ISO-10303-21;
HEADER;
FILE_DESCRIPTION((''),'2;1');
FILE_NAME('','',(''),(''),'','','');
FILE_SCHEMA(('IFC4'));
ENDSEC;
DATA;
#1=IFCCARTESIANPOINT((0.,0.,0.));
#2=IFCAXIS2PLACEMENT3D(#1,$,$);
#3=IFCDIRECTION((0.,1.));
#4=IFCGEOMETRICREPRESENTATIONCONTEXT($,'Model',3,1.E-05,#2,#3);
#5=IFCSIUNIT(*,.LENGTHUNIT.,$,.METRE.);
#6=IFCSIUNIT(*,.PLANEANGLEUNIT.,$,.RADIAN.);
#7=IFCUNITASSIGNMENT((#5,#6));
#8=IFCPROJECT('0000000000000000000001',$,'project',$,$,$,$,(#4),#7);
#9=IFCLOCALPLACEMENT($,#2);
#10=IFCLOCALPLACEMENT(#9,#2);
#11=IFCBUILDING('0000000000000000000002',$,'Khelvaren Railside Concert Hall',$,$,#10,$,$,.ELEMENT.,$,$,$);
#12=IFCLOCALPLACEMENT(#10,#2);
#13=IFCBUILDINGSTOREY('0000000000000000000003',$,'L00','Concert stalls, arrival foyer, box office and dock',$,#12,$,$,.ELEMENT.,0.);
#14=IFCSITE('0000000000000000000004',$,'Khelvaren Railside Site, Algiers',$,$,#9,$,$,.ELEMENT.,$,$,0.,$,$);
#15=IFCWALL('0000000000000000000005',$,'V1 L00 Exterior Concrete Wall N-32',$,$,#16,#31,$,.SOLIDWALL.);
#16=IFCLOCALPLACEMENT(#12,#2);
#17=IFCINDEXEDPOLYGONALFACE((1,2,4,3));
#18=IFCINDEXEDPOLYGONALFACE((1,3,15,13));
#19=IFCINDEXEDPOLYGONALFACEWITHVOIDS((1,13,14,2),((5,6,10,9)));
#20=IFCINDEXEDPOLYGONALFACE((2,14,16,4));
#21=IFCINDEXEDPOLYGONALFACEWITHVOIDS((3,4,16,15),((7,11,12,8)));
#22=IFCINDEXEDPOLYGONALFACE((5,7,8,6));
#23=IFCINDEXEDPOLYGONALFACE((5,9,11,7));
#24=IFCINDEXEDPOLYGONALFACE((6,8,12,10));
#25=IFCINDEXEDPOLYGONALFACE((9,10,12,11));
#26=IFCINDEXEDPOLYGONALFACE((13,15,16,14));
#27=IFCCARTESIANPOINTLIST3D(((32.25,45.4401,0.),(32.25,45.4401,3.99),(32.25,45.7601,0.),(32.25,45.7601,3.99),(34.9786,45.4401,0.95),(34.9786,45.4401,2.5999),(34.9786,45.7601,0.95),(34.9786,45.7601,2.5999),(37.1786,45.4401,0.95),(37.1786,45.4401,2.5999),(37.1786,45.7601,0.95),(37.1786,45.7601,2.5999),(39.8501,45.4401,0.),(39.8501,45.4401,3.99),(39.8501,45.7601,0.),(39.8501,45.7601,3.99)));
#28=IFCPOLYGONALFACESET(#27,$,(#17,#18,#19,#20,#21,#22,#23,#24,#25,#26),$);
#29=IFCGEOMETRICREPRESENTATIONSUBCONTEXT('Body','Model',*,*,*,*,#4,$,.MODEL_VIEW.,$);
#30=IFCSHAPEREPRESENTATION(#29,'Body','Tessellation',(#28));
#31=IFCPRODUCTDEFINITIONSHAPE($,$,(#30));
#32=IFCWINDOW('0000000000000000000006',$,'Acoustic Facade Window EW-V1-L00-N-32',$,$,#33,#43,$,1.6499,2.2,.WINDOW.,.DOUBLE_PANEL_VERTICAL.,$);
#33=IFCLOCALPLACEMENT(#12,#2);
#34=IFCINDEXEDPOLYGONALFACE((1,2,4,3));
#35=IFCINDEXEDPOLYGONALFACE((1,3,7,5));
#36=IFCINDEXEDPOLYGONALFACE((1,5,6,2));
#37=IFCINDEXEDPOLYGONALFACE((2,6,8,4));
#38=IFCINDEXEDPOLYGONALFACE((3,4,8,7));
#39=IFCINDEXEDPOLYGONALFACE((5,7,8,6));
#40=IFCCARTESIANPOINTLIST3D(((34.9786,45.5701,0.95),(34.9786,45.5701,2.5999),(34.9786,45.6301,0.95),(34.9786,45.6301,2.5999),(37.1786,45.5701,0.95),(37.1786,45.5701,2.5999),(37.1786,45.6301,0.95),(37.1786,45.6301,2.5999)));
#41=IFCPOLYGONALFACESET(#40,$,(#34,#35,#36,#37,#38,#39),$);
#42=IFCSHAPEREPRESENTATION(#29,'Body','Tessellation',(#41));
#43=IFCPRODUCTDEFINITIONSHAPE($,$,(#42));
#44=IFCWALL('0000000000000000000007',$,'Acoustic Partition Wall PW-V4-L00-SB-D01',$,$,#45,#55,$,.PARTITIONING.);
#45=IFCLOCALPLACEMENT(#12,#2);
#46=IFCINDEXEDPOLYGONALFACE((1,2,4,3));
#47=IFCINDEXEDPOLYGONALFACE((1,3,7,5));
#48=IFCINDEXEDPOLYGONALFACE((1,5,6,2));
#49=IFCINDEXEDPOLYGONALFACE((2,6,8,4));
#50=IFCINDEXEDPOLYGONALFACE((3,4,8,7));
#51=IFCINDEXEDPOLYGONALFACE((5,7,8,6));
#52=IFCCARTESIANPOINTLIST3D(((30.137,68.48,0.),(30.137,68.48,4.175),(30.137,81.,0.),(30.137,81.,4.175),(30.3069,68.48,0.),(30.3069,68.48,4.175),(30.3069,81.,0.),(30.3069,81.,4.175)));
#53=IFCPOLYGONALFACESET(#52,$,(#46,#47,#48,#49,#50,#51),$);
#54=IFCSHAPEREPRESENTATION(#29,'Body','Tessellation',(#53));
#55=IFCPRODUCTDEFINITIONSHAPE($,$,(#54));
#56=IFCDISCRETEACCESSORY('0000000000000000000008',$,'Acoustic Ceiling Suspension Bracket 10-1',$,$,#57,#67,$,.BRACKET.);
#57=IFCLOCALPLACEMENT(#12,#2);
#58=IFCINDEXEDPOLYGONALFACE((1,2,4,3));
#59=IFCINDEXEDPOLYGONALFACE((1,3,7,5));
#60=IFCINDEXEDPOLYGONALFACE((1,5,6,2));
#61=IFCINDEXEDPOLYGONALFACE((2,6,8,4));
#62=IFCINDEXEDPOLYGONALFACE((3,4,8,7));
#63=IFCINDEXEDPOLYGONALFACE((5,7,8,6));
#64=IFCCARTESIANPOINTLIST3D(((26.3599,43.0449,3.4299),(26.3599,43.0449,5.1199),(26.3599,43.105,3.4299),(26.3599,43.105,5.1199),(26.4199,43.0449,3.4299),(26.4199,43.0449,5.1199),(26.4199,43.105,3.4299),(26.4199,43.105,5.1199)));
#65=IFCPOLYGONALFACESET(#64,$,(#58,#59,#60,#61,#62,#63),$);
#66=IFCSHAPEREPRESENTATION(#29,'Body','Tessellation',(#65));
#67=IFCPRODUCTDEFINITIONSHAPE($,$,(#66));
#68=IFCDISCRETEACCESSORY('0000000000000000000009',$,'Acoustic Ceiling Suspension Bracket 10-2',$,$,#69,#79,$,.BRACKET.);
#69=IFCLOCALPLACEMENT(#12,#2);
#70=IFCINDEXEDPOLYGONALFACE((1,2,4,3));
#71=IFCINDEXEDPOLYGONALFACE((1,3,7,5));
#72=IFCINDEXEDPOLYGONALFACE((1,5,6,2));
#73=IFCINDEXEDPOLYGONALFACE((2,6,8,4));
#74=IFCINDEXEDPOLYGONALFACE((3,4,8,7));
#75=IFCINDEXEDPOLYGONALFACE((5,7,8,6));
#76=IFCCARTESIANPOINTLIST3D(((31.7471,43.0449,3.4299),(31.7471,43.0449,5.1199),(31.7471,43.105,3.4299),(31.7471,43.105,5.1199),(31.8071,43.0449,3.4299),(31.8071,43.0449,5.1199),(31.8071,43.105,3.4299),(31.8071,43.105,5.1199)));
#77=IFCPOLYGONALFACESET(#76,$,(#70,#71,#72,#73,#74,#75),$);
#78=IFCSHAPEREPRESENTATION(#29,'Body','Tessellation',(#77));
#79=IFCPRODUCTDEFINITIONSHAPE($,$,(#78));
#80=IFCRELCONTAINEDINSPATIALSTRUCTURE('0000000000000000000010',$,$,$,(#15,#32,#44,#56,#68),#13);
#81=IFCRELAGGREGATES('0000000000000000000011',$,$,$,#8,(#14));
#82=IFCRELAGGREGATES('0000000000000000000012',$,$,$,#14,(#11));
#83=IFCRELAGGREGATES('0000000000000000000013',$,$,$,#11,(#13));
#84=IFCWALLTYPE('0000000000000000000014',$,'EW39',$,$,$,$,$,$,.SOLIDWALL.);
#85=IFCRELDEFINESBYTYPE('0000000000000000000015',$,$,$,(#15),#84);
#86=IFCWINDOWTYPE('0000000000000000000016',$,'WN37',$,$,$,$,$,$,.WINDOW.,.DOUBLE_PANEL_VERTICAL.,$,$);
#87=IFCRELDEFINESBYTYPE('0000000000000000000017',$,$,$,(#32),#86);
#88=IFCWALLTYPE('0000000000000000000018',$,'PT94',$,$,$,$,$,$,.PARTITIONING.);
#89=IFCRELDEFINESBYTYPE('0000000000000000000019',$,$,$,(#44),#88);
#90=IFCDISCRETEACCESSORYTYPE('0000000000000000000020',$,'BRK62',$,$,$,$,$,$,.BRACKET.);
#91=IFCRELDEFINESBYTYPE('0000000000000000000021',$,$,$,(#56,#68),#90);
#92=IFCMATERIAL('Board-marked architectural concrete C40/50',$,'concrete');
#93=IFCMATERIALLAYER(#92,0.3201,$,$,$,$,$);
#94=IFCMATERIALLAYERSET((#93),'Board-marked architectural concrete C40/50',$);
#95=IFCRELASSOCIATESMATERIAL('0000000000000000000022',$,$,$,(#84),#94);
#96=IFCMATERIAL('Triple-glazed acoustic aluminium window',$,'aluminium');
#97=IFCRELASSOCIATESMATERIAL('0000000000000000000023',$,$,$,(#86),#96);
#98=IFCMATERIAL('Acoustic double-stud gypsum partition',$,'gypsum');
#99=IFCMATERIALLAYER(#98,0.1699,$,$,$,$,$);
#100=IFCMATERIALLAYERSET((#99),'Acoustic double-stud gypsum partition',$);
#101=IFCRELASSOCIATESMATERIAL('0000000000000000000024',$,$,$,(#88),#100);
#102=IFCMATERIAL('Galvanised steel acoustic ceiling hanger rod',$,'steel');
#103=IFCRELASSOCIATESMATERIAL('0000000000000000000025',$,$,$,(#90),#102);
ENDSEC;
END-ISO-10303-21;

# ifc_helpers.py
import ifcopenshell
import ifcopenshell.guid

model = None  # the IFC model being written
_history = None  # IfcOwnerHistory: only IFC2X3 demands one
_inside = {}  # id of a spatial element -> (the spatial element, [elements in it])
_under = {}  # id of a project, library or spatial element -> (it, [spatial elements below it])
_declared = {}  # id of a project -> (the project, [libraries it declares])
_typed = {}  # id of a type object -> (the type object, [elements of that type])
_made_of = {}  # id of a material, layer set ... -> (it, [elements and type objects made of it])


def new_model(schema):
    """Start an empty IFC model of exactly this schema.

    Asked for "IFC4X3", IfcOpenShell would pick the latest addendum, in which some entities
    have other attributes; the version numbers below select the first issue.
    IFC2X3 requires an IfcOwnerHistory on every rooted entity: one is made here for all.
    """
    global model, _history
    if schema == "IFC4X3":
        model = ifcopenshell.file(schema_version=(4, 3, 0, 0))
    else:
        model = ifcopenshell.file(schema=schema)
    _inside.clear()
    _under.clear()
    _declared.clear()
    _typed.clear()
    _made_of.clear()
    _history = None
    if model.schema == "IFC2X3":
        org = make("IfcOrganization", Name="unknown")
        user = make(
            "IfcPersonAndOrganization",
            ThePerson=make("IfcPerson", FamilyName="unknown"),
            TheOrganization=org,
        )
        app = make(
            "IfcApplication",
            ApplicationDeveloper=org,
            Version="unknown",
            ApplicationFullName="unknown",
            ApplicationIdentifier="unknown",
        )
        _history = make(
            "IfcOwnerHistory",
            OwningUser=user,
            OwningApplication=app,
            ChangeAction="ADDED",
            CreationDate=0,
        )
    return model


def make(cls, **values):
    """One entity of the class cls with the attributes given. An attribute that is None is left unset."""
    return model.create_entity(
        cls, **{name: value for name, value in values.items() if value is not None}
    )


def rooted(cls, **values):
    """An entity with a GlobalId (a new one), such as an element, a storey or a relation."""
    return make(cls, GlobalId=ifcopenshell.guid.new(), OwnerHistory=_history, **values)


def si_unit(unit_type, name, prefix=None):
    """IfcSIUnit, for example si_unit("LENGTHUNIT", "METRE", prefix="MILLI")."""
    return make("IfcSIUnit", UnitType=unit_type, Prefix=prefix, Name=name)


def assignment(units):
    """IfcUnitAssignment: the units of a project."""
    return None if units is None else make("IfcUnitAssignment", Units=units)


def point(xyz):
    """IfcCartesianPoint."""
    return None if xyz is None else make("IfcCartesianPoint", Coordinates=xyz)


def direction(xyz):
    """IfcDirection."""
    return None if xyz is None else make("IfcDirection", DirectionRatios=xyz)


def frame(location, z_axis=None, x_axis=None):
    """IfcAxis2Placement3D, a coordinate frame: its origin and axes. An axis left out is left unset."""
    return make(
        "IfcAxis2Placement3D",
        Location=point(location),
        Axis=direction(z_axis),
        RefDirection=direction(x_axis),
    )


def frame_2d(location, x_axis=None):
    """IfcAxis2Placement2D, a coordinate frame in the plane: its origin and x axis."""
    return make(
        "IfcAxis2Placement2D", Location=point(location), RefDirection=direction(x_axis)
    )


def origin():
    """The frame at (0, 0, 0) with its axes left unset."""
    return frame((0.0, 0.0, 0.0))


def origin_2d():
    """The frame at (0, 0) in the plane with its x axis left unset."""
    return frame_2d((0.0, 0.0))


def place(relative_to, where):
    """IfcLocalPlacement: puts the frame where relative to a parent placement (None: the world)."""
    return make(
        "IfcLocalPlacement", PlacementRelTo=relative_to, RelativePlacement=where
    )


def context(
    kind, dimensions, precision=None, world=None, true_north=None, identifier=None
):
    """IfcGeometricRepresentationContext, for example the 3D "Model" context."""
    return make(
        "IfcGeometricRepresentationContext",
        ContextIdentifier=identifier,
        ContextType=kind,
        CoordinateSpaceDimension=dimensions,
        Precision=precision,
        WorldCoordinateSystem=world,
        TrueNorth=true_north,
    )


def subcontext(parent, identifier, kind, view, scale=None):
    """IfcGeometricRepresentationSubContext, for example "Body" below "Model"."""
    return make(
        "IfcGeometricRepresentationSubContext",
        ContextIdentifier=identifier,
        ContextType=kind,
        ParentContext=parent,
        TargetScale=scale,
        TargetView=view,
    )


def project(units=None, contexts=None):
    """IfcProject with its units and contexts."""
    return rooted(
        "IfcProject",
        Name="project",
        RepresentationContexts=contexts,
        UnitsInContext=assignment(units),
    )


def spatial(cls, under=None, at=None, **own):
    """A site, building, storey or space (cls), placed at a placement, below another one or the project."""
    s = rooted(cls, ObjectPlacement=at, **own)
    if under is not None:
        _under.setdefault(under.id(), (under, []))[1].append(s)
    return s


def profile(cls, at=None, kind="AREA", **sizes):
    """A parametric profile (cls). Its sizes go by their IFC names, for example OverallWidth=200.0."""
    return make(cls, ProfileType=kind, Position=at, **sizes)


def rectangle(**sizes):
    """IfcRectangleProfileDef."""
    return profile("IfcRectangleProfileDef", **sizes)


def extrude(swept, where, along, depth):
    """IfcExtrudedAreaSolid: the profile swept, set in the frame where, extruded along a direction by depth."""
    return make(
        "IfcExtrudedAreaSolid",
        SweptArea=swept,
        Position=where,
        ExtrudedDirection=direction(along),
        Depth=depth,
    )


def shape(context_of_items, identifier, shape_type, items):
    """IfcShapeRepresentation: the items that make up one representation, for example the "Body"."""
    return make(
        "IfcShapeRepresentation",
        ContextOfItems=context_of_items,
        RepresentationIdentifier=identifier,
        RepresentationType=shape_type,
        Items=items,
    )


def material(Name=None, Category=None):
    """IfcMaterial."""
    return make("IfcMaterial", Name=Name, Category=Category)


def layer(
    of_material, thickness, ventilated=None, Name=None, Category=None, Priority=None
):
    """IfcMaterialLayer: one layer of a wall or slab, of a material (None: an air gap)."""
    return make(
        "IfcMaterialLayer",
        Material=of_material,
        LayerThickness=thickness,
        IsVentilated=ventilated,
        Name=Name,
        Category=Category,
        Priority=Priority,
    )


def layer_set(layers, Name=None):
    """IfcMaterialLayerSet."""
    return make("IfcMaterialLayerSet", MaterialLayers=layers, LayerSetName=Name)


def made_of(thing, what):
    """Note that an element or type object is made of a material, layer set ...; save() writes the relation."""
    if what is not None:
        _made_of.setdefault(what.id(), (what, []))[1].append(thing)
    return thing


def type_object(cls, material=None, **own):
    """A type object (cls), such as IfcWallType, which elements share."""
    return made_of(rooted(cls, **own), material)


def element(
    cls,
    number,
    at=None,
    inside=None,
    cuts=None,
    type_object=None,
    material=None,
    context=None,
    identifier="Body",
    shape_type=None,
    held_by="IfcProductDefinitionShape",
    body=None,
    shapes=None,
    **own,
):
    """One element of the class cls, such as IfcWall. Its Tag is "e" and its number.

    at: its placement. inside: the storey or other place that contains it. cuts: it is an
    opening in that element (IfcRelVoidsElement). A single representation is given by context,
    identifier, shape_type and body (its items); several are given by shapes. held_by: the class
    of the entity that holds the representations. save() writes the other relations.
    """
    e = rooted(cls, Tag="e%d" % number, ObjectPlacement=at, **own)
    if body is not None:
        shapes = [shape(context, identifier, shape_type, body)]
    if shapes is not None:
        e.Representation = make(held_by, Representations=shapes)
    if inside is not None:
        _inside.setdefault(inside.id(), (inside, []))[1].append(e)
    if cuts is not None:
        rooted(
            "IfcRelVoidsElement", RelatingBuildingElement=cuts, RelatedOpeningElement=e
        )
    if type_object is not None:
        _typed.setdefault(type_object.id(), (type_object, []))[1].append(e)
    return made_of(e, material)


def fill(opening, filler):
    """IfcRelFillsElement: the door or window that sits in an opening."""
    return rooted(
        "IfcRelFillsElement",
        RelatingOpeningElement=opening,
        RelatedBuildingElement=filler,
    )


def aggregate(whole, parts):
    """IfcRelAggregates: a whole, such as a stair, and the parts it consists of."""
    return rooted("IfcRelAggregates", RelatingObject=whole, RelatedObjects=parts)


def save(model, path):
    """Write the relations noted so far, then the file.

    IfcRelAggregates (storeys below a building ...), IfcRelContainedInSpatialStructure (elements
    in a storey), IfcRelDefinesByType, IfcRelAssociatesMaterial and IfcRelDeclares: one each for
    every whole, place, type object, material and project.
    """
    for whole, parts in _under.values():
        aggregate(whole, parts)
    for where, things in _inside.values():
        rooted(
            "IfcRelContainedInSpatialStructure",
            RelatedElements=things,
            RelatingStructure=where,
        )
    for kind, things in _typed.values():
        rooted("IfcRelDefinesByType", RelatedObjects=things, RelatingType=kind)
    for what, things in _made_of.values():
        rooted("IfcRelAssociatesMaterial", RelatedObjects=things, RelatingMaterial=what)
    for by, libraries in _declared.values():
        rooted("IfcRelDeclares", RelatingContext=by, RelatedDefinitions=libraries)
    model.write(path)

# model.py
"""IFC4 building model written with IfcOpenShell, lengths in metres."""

from ifc_helpers import new_model, si_unit, direction, frame, frame_2d, origin, origin_2d, place, context, subcontext, project, spatial, rectangle, extrude, material, layer, layer_set, type_object, element, fill, save


model = new_model("IFC4")

# Units and contexts
model_context = context("Model", 3, precision=1e-05, world=origin(), true_north=direction((0.0, 1.0)))
body_context = subcontext(model_context, "Body", "Model", "MODEL_VIEW")
ifc_project = project(units=[si_unit("LENGTHUNIT", "METRE"), si_unit("PLANEANGLEUNIT", "RADIAN")], contexts=[model_context])

# Site, building, storey
site_placement = place(None, origin())
site = spatial("IfcSite", under=ifc_project, at=site_placement, Name="Khelvaren Railside Site, Algiers", CompositionType="ELEMENT", RefElevation=0.0)
building_placement = place(site_placement, origin())
building = spatial("IfcBuilding", under=site, at=building_placement, Name="Khelvaren Railside Concert Hall", CompositionType="ELEMENT")
storey_placement = place(building_placement, origin())
storey = spatial("IfcBuildingStorey", under=building, at=storey_placement, Name="L00", Description="Concert stalls, arrival foyer, box office and dock", CompositionType="ELEMENT", Elevation=0.0)

# Shared definitions
ifc_material_1 = material(Name="Board-marked architectural concrete C40/50", Category="concrete")

# Wall, opening, window
ifc_layer_1 = layer(ifc_material_1, 0.3201)
ifc_layer_set_1 = layer_set([ifc_layer_1], Name="Board-marked architectural concrete C40/50")
wall_type_1 = type_object("IfcWallType", Name="EW39", PredefinedType="SOLIDWALL", material=ifc_layer_set_1)
ifc_material_2 = material(Name="Triple-glazed acoustic aluminium window", Category="aluminium")
wall_1_placement = place(storey_placement, frame((32.25, 45.6001, 0.0), z_axis=(0.0, 0.0, 1.0), x_axis=(1.0, 0.0, 0.0)))
wall_1 = element("IfcWall", 1, at=wall_1_placement, inside=storey, type_object=wall_type_1, Name="V1 L00 Exterior Concrete Wall N-32", PredefinedType="SOLIDWALL", context=body_context, shape_type="SweptSolid", body=[
    extrude(rectangle(XDim=7.6001, YDim=0.3201, at=frame_2d((3.8, 0.0))), origin(), (0.0, 0.0, 1.0), 3.99),
])
opening_1_placement = place(wall_1_placement, frame((2.7285, 0.0, 0.95)))
opening_1 = element("IfcOpeningElement", 2, at=opening_1_placement, cuts=wall_1, PredefinedType="OPENING", context=body_context, shape_type="SweptSolid", body=[
    extrude(rectangle(XDim=2.2, YDim=1.6499, at=frame_2d((1.1001, 0.825))), frame((0.0, 0.1699, 0.0), z_axis=(0.0, -1.0, 0.0), x_axis=(1.0, 0.0, 0.0)), (0.0, 0.0, 1.0), 0.3401),
])
window_type_1 = type_object("IfcWindowType", Name="WN37", PartitioningType="DOUBLE_PANEL_VERTICAL", PredefinedType="WINDOW", material=ifc_material_2)
window_1_placement = place(opening_1_placement, origin())
window_1 = element("IfcWindow", 3, at=window_1_placement, inside=storey, type_object=window_type_1, Name="Acoustic Facade Window EW-V1-L00-N-32", OverallHeight=1.6499, OverallWidth=2.2, PartitioningType="DOUBLE_PANEL_VERTICAL", PredefinedType="WINDOW", context=body_context, shape_type="SweptSolid", body=[
    extrude(rectangle(XDim=2.2, YDim=1.6499, at=frame_2d((1.1001, 0.825))), frame((0.0, 0.03, 0.0), z_axis=(0.0, -1.0, 0.0), x_axis=(1.0, 0.0, 0.0)), (0.0, 0.0, 1.0), 0.0601),
])
fill(opening_1, window_1)

# Wall
ifc_material_3 = material(Name="Acoustic double-stud gypsum partition", Category="gypsum")
ifc_layer_2 = layer(ifc_material_3, 0.1699)
ifc_layer_set_2 = layer_set([ifc_layer_2], Name="Acoustic double-stud gypsum partition")
wall_type_2 = type_object("IfcWallType", Name="PT94", PredefinedType="PARTITIONING", material=ifc_layer_set_2)
wall_2_placement = place(storey_placement, frame((30.2219, 68.48, 0.0), z_axis=(0.0, 0.0, 1.0), x_axis=(0.0, 1.0, 0.0)))
element("IfcWall", 4, at=wall_2_placement, inside=storey, type_object=wall_type_2, Name="Acoustic Partition Wall PW-V4-L00-SB-D01", PredefinedType="PARTITIONING", context=body_context, shape_type="SweptSolid", body=[
    extrude(rectangle(XDim=12.52, YDim=0.1699, at=frame_2d((6.26, 0.0))), origin(), (0.0, 0.0, 1.0), 4.175),
])

# Discrete accessories
ifc_material_4 = material(Name="Galvanised steel acoustic ceiling hanger rod", Category="steel")
discrete_accessory_type = type_object("IfcDiscreteAccessoryType", Name="BRK62", PredefinedType="BRACKET", material=ifc_material_4)
for number, where, z_axis, x_axis, name in (
    (5, (26.3899, 43.075, 3.4299), (0.0, 0.0, 1.0), (1.0, 0.0, 0.0), "Acoustic Ceiling Suspension Bracket 10-1"),
    (6, (31.7771, 43.075, 3.4299), (0.0, 0.0, 1.0), (1.0, 0.0, 0.0), "Acoustic Ceiling Suspension Bracket 10-2"),
):
    element("IfcDiscreteAccessory", number, at=place(storey_placement, frame(where, z_axis=z_axis, x_axis=x_axis)), inside=storey, type_object=discrete_accessory_type, Name=name, PredefinedType="BRACKET", context=body_context, shape_type="SweptSolid", body=[
        extrude(rectangle(XDim=0.0601, YDim=0.0601, at=origin_2d()), origin(), (0.0, 0.0, 1.0), 1.6899),
    ])

save(model, "model.ifc")
